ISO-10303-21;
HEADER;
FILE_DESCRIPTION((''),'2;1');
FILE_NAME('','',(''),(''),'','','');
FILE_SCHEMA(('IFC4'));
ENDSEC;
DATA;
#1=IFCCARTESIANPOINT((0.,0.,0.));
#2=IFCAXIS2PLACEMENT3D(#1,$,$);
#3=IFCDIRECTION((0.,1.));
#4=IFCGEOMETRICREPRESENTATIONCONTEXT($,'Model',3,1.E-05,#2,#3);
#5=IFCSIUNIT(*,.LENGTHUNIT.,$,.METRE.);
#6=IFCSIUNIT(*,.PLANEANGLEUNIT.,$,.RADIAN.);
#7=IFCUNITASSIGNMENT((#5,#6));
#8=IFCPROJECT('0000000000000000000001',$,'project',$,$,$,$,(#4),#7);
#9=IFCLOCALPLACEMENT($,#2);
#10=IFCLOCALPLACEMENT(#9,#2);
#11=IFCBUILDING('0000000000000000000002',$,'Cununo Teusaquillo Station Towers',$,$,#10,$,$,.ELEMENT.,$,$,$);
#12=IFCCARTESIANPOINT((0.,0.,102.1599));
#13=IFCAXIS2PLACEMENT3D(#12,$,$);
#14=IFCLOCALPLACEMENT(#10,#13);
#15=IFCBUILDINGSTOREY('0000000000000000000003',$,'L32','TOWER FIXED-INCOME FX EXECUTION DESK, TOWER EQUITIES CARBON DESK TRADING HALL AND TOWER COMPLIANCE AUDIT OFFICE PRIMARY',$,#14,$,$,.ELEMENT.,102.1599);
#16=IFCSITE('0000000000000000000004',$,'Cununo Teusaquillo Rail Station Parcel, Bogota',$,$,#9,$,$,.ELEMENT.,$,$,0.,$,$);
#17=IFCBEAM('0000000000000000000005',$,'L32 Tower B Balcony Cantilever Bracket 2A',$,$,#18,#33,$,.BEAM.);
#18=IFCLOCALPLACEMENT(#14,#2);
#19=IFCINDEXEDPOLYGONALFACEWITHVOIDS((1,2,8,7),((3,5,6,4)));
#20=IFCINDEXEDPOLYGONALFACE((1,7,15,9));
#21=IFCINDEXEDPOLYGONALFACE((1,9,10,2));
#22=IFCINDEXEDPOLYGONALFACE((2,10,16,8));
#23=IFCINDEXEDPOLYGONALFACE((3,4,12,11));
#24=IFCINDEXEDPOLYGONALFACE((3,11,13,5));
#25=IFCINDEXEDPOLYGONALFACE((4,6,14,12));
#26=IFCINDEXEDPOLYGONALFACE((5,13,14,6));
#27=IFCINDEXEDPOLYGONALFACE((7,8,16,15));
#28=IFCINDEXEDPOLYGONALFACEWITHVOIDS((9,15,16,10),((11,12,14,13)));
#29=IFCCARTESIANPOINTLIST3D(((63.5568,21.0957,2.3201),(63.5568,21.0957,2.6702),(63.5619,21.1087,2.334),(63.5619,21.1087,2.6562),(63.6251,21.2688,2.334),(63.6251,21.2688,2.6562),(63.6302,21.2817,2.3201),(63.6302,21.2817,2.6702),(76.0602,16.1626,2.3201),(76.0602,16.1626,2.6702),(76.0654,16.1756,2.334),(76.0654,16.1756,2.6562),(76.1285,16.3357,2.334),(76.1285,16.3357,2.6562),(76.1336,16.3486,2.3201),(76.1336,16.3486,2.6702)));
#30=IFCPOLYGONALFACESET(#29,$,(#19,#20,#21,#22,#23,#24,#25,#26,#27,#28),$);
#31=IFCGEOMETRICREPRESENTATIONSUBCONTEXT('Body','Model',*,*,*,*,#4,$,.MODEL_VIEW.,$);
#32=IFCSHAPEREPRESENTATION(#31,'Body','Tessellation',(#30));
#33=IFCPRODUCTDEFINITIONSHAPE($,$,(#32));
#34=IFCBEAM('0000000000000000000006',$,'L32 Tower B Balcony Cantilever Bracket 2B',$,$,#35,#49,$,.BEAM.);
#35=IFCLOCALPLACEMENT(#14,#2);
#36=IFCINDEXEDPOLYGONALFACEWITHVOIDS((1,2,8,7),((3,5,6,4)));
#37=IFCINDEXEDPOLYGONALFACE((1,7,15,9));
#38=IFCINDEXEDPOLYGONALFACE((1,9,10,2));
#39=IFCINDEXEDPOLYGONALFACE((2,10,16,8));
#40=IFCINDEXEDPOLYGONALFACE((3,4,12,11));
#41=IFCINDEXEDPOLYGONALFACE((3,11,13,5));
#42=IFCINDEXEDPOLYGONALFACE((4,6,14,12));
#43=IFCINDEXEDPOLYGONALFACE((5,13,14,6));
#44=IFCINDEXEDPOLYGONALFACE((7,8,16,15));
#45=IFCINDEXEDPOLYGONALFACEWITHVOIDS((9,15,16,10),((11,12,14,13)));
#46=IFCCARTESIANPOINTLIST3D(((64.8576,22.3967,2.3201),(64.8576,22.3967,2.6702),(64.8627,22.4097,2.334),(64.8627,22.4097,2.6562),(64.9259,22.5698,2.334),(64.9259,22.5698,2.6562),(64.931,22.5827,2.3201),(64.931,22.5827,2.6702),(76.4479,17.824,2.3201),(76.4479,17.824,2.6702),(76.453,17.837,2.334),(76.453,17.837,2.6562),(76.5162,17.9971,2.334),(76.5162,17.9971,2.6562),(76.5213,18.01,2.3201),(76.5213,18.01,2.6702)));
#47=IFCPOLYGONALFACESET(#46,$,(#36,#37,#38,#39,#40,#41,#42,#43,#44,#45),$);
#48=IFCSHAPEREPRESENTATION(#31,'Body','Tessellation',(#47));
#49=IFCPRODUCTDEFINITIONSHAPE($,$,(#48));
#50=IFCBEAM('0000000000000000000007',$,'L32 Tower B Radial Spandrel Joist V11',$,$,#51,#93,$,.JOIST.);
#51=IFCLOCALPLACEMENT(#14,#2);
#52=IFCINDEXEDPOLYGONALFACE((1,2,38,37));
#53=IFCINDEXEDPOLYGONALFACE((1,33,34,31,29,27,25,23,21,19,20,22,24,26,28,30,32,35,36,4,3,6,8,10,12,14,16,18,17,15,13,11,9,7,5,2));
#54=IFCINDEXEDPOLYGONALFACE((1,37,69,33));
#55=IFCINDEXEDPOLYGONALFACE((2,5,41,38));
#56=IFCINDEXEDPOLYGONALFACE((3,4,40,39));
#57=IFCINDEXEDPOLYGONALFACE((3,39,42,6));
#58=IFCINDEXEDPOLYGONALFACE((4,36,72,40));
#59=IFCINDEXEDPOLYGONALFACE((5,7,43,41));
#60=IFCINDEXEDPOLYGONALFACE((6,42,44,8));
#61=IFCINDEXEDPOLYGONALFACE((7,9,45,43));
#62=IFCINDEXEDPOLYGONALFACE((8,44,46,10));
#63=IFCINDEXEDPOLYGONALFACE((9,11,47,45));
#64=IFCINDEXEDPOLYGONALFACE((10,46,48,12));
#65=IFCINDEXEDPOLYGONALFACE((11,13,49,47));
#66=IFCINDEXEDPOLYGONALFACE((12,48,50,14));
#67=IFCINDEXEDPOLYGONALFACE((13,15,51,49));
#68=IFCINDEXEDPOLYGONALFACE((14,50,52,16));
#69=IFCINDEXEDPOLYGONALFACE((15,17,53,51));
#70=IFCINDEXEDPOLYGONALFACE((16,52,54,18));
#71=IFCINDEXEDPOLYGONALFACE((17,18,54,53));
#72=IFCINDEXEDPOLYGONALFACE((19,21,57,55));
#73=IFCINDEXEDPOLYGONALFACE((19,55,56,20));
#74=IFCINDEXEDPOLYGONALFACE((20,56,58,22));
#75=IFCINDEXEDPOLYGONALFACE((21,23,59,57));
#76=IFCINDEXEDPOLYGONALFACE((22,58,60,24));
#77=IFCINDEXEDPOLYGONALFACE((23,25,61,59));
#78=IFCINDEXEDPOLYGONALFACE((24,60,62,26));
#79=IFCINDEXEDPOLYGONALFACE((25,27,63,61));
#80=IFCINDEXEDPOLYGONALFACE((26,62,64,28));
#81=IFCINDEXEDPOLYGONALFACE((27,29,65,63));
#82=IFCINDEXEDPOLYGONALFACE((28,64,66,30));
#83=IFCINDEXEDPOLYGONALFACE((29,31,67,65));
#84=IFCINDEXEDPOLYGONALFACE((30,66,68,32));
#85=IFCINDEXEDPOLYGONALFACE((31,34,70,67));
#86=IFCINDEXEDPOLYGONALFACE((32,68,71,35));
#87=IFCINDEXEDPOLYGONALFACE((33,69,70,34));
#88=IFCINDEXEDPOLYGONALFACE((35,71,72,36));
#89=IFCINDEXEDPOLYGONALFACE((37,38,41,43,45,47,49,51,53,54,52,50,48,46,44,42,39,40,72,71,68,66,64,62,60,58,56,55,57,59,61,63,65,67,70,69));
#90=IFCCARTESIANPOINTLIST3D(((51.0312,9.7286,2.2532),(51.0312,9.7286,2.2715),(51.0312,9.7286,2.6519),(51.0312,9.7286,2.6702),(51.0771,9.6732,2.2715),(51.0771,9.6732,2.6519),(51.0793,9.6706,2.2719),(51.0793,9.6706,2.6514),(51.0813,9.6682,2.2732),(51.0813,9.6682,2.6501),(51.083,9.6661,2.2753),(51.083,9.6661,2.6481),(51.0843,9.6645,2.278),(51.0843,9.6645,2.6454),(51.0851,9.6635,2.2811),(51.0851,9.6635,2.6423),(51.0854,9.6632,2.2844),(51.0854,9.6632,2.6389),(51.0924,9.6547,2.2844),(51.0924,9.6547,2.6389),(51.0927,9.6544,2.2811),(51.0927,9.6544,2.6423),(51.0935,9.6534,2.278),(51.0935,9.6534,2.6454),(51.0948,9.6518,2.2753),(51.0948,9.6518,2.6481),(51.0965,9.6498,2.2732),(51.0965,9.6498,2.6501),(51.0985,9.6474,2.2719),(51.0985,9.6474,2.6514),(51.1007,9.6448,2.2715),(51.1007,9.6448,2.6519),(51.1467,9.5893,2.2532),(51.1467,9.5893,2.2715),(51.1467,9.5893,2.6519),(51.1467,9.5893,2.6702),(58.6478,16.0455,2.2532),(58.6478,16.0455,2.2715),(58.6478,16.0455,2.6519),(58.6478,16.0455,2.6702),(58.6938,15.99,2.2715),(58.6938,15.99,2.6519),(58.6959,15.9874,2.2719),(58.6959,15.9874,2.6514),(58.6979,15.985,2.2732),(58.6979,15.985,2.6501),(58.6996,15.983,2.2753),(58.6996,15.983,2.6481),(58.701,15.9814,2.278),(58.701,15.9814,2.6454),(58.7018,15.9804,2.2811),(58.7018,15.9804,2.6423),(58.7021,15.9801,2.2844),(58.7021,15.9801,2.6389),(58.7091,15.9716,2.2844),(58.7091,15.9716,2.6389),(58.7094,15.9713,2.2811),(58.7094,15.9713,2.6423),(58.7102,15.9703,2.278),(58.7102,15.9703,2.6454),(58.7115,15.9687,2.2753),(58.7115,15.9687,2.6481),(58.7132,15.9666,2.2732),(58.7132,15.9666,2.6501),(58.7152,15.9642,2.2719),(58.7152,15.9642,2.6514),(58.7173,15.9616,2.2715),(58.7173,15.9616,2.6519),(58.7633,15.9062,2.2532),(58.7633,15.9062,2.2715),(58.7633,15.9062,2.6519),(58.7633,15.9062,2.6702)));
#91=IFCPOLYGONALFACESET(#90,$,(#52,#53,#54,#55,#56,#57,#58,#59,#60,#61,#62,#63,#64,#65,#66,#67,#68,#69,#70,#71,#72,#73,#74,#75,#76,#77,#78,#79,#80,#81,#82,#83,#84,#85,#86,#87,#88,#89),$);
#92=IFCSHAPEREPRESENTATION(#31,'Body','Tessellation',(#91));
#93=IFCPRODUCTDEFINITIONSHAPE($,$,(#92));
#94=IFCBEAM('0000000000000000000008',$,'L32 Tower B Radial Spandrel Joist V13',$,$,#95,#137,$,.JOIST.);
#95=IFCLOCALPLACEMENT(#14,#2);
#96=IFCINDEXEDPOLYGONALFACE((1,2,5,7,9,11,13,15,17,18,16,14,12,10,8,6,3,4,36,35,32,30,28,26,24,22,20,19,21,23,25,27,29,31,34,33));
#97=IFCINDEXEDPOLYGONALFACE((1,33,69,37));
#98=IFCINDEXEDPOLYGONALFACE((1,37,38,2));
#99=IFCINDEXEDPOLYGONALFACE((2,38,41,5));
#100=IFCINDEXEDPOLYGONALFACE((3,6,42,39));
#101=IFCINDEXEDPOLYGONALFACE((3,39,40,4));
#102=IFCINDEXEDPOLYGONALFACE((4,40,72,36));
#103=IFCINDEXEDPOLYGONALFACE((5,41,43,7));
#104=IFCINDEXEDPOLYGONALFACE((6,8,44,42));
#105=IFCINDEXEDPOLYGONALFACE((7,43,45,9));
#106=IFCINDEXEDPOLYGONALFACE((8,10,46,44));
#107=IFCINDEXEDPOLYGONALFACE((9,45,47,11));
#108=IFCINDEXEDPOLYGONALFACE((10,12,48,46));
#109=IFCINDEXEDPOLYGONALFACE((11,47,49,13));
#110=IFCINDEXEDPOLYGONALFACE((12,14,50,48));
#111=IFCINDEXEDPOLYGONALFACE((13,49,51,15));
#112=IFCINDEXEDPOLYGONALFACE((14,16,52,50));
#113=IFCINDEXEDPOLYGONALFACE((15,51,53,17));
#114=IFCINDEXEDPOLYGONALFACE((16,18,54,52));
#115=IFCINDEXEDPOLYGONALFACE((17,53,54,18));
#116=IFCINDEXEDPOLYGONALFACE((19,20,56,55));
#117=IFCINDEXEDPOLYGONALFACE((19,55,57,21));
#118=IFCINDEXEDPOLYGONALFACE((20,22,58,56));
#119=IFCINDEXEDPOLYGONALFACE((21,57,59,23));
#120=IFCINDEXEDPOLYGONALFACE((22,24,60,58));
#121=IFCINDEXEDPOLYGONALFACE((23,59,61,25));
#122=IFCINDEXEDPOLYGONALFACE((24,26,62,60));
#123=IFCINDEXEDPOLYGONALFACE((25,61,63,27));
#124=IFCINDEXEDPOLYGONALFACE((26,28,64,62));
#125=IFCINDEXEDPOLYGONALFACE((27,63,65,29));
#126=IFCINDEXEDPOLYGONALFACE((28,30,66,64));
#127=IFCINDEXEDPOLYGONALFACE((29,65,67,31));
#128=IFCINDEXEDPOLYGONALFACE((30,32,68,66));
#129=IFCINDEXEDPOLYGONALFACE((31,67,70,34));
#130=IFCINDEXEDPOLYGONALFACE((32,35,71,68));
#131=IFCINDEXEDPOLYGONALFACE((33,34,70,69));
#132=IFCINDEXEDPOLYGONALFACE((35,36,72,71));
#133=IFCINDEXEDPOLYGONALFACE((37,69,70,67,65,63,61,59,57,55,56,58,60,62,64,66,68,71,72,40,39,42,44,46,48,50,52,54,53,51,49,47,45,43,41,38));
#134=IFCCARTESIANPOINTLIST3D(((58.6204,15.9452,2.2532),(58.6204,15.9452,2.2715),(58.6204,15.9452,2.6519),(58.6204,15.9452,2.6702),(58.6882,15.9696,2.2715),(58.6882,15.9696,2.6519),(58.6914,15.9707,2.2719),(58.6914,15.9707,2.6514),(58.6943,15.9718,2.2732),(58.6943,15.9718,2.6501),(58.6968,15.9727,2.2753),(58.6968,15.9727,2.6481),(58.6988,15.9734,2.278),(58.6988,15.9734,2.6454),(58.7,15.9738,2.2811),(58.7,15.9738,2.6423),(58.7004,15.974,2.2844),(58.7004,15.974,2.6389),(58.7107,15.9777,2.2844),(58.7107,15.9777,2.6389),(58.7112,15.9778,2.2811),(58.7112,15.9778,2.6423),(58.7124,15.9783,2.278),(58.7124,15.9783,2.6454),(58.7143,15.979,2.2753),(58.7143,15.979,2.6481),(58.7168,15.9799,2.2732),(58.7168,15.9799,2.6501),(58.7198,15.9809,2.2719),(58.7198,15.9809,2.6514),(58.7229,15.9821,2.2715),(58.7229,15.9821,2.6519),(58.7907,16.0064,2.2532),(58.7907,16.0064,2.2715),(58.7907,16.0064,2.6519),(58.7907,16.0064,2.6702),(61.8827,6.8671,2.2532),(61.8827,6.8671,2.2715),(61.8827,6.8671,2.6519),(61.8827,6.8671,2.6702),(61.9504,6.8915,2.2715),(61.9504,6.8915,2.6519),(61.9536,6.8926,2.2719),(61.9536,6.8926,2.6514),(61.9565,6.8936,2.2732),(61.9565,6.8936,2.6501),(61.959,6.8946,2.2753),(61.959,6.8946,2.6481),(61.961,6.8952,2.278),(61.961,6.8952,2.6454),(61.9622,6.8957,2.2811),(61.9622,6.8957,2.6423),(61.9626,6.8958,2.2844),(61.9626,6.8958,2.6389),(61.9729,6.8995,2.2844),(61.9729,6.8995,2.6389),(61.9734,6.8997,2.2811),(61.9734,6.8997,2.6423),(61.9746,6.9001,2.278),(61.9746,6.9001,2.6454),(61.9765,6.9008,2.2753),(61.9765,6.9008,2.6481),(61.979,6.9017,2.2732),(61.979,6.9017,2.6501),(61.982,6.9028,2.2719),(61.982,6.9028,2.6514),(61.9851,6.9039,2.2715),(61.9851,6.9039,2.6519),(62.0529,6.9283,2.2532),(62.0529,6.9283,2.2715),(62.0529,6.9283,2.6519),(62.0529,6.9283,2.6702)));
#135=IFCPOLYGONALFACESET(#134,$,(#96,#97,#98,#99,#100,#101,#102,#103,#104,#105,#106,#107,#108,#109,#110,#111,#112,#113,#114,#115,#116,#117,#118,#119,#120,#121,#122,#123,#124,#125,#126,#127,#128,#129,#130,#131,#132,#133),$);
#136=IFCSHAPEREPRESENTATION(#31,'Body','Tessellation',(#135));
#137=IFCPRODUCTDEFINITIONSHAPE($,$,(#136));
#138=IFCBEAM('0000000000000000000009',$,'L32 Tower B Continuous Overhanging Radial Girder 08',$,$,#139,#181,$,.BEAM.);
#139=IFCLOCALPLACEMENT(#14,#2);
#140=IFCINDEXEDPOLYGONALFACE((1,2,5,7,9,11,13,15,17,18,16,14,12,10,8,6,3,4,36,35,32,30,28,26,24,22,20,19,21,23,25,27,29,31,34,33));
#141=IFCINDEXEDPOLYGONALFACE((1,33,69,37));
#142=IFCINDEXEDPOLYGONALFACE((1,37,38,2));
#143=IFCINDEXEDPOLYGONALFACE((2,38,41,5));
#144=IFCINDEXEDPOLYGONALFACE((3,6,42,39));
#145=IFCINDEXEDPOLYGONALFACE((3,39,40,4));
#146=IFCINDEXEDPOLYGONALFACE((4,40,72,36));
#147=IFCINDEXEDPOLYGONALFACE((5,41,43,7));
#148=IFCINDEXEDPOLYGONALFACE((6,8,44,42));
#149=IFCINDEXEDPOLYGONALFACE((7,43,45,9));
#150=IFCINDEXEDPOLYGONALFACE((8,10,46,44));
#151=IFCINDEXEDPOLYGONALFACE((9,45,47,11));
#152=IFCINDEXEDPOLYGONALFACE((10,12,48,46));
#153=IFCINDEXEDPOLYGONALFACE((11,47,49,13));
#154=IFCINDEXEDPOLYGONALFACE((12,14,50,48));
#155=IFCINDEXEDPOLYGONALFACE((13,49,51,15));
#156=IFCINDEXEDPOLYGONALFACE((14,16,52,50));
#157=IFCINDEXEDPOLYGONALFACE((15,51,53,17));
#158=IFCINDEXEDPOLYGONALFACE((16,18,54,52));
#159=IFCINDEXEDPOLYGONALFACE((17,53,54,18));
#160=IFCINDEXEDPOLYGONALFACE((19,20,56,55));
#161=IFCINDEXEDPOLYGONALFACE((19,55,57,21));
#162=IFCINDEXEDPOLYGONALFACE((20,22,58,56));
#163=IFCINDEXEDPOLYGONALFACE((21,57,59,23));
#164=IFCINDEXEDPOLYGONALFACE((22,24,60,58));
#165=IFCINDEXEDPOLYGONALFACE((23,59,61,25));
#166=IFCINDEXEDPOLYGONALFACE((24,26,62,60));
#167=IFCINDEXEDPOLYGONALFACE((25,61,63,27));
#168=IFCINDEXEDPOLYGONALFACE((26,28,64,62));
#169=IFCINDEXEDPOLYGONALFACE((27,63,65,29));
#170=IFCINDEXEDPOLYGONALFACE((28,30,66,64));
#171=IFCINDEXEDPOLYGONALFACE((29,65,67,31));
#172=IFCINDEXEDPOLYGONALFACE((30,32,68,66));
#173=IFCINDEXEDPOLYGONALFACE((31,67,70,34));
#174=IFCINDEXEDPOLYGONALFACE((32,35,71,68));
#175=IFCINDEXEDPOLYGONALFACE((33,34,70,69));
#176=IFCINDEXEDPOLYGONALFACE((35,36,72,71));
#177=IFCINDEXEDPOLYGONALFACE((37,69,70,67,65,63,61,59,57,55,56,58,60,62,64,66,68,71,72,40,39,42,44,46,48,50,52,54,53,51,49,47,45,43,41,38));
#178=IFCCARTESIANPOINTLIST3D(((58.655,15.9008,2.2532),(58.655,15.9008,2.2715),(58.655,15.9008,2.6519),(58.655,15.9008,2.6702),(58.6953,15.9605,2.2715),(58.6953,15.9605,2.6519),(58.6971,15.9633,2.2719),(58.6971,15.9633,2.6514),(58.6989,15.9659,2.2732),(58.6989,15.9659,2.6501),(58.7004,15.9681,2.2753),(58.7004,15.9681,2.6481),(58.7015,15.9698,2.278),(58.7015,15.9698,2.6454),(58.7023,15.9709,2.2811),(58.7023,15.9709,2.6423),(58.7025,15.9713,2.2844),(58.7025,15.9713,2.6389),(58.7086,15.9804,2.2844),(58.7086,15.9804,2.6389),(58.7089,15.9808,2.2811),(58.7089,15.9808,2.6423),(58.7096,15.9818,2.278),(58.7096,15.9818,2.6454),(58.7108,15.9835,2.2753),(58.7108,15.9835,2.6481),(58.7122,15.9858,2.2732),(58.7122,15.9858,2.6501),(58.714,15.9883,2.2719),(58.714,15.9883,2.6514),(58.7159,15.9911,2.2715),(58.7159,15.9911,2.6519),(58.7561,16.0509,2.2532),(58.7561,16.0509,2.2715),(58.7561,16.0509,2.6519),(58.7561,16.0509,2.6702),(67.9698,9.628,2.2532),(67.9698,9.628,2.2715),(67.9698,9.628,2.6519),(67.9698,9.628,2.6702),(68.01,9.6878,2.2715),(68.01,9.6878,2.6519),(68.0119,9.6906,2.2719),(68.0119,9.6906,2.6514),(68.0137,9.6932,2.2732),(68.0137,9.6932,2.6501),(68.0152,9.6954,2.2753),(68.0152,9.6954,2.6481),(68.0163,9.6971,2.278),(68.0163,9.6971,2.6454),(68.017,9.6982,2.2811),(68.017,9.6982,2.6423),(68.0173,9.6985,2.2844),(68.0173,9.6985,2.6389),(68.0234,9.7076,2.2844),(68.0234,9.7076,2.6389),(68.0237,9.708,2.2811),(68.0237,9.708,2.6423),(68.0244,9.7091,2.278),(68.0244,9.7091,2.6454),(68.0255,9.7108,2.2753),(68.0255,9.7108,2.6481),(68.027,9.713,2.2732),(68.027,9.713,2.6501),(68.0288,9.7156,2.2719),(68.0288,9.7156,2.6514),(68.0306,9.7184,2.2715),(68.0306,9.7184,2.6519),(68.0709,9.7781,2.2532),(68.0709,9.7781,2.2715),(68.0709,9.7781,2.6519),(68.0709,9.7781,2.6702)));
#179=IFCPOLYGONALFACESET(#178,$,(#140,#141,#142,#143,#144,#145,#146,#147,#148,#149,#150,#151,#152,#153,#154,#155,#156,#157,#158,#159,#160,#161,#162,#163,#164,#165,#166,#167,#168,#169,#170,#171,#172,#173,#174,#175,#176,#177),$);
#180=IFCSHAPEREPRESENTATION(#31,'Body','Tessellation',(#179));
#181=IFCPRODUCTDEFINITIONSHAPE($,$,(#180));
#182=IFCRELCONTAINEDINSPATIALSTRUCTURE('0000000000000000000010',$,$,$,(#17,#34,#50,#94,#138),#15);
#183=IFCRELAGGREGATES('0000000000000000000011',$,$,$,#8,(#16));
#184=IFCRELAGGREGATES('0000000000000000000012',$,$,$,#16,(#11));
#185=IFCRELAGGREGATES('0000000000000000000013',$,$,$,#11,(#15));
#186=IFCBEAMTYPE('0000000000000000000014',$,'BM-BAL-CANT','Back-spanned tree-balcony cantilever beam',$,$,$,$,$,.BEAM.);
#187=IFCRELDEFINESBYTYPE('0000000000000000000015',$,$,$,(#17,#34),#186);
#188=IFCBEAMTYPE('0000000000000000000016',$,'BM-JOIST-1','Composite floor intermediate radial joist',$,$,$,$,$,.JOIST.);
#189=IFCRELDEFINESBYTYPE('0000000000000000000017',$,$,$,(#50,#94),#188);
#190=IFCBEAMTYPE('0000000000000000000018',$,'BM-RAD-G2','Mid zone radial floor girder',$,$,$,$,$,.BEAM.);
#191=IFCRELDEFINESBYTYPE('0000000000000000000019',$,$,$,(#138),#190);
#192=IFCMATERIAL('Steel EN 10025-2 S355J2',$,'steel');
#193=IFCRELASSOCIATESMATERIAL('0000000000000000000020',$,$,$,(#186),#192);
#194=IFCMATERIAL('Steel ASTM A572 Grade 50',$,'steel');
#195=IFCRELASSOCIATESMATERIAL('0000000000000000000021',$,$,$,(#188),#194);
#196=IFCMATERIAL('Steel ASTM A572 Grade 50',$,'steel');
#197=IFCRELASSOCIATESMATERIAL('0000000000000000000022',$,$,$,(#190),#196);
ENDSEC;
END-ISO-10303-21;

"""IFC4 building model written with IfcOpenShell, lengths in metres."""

from ifc_helpers import new_model, si_unit, direction, frame, origin, origin_2d, place, context, subcontext, project, spatial, hollow_rectangle, i_section, extrude, material, material_profile, profile_set, type_object, element, save


model = new_model("IFC4")

# Units and contexts
model_context = context("Model", 3, precision=1e-05, world=origin(), true_north=direction((0.0, 1.0)))
body_context = subcontext(model_context, "Body", "Model", "MODEL_VIEW")
ifc_project = project(units=[si_unit("LENGTHUNIT", "METRE"), si_unit("PLANEANGLEUNIT", "RADIAN")], contexts=[model_context])

# Site, building, storey
site_placement = place(None, origin())
site = spatial("IfcSite", under=ifc_project, at=site_placement, Name="Cununo Teusaquillo Rail Station Parcel, Bogota", CompositionType="ELEMENT", RefElevation=0.0)
building_placement = place(site_placement, origin())
building = spatial("IfcBuilding", under=site, at=building_placement, Name="Cununo Teusaquillo Station Towers", CompositionType="ELEMENT")
storey_placement = place(building_placement, frame((0.0, 0.0, 102.1599)))
storey = spatial("IfcBuildingStorey", under=building, at=storey_placement, Name="L32", Description="TOWER FIXED-INCOME FX EXECUTION DESK, TOWER EQUITIES CARBON DESK TRADING HALL AND TOWER COMPLIANCE AUDIT OFFICE PRIMARY", CompositionType="ELEMENT", Elevation=102.1599)

# Beams
ifc_material_1 = material(Name="Steel EN 10025-2 S355J2", Category="steel")
ifc_material_profile_1 = material_profile(ifc_material_1, hollow_rectangle(XDim=0.2, YDim=0.3501, WallThickness=0.0139, at=origin_2d()), Name="RHS 350x200x14")
ifc_profile_set_1 = profile_set([ifc_material_profile_1], Name="Steel EN 10025-2 S355J2")
beam_type_1 = type_object("IfcBeamType", Name="BM-BAL-CANT", Description="Back-spanned tree-balcony cantilever beam", PredefinedType="BEAM", material=ifc_profile_set_1)
beam_1_placement = place(storey_placement, frame((63.5935, 21.1887, 2.4951), z_axis=(0.930218, -0.367009, 0.0), x_axis=(0.367009, 0.930218, 0.0)))
element("IfcBeam", 1, at=beam_1_placement, inside=storey, type_object=beam_type_1, Name="L32 Tower B Balcony Cantilever Bracket 2A", PredefinedType="BEAM", context=body_context, shape_type="SweptSolid", body=[
    extrude(hollow_rectangle(XDim=0.2, YDim=0.3501, WallThickness=0.0139, at=origin_2d()), origin(), (0.0, 0.0, 1.0), 13.4414),
])
beam_2_placement = place(storey_placement, frame((64.8943, 22.4897, 2.4951), z_axis=(0.93022, -0.367001, 0.0), x_axis=(0.367001, 0.93022, 0.0)))
element("IfcBeam", 2, at=beam_2_placement, inside=storey, type_object=beam_type_1, Name="L32 Tower B Balcony Cantilever Bracket 2B", PredefinedType="BEAM", context=body_context, shape_type="SweptSolid", body=[
    extrude(hollow_rectangle(XDim=0.2, YDim=0.3501, WallThickness=0.0139, at=origin_2d()), origin(), (0.0, 0.0, 1.0), 12.4597),
])
ifc_material_2 = material(Name="Steel ASTM A572 Grade 50", Category="steel")
ifc_material_profile_2 = material_profile(ifc_material_2, i_section(OverallWidth=0.1809, OverallDepth=0.417, WebThickness=0.011, FlangeThickness=0.0183, FilletRadius=0.0129, at=origin_2d()), Name="W16X57")
ifc_profile_set_2 = profile_set([ifc_material_profile_2], Name="Steel ASTM A572 Grade 50")
beam_type_2 = type_object("IfcBeamType", Name="BM-JOIST-1", Description="Composite floor intermediate radial joist", PredefinedType="JOIST", material=ifc_profile_set_2)
beam_3_placement = place(storey_placement, frame((58.7056, 15.9758, 2.4617), z_axis=(-0.769728, -0.638372, 0.0), x_axis=(0.638372, -0.769728, 0.0)))
element("IfcBeam", 3, at=beam_3_placement, inside=storey, type_object=beam_type_2, Name="L32 Tower B Radial Spandrel Joist V11", PredefinedType="JOIST", context=body_context, shape_type="SweptSolid", body=[
    extrude(i_section(OverallWidth=0.1809, OverallDepth=0.417, WebThickness=0.011, FlangeThickness=0.0183, FilletRadius=0.0129, at=origin_2d()), origin(), (0.0, 0.0, 1.0), 9.8953),
])
beam_4_placement = place(storey_placement, frame((58.7056, 15.9758, 2.4617), z_axis=(0.338176, -0.941083, 0.0), x_axis=(0.941083, 0.338176, 0.0)))
element("IfcBeam", 4, at=beam_4_placement, inside=storey, type_object=beam_type_2, Name="L32 Tower B Radial Spandrel Joist V13", PredefinedType="JOIST", context=body_context, shape_type="SweptSolid", body=[
    extrude(i_section(OverallWidth=0.1809, OverallDepth=0.417, WebThickness=0.011, FlangeThickness=0.0183, FilletRadius=0.0129, at=origin_2d()), origin(), (0.0, 0.0, 1.0), 9.6465),
])
ifc_material_3 = material(Name="Steel ASTM A572 Grade 50", Category="steel")
ifc_material_profile_3 = material_profile(ifc_material_3, i_section(OverallWidth=0.1809, OverallDepth=0.417, WebThickness=0.011, FlangeThickness=0.0183, FilletRadius=0.0129, at=origin_2d()), Name="W16X57")
ifc_profile_set_3 = profile_set([ifc_material_profile_3], Name="Steel ASTM A572 Grade 50")
beam_type_3 = type_object("IfcBeamType", Name="BM-RAD-G2", Description="Mid zone radial floor girder", PredefinedType="BEAM", material=ifc_profile_set_3)
beam_5_placement = place(storey_placement, frame((58.7056, 15.9758, 2.4617), z_axis=(0.829456, -0.558572, 0.0), x_axis=(0.558572, 0.829456, 0.0)))
element("IfcBeam", 5, at=beam_5_placement, inside=storey, type_object=beam_type_3, Name="L32 Tower B Continuous Overhanging Radial Girder 08", PredefinedType="BEAM", context=body_context, shape_type="SweptSolid", body=[
    extrude(i_section(OverallWidth=0.1809, OverallDepth=0.417, WebThickness=0.011, FlangeThickness=0.0183, FilletRadius=0.0129, at=origin_2d()), origin(), (0.0, 0.0, 1.0), 11.23),
])

save(model, "model.ifc")
